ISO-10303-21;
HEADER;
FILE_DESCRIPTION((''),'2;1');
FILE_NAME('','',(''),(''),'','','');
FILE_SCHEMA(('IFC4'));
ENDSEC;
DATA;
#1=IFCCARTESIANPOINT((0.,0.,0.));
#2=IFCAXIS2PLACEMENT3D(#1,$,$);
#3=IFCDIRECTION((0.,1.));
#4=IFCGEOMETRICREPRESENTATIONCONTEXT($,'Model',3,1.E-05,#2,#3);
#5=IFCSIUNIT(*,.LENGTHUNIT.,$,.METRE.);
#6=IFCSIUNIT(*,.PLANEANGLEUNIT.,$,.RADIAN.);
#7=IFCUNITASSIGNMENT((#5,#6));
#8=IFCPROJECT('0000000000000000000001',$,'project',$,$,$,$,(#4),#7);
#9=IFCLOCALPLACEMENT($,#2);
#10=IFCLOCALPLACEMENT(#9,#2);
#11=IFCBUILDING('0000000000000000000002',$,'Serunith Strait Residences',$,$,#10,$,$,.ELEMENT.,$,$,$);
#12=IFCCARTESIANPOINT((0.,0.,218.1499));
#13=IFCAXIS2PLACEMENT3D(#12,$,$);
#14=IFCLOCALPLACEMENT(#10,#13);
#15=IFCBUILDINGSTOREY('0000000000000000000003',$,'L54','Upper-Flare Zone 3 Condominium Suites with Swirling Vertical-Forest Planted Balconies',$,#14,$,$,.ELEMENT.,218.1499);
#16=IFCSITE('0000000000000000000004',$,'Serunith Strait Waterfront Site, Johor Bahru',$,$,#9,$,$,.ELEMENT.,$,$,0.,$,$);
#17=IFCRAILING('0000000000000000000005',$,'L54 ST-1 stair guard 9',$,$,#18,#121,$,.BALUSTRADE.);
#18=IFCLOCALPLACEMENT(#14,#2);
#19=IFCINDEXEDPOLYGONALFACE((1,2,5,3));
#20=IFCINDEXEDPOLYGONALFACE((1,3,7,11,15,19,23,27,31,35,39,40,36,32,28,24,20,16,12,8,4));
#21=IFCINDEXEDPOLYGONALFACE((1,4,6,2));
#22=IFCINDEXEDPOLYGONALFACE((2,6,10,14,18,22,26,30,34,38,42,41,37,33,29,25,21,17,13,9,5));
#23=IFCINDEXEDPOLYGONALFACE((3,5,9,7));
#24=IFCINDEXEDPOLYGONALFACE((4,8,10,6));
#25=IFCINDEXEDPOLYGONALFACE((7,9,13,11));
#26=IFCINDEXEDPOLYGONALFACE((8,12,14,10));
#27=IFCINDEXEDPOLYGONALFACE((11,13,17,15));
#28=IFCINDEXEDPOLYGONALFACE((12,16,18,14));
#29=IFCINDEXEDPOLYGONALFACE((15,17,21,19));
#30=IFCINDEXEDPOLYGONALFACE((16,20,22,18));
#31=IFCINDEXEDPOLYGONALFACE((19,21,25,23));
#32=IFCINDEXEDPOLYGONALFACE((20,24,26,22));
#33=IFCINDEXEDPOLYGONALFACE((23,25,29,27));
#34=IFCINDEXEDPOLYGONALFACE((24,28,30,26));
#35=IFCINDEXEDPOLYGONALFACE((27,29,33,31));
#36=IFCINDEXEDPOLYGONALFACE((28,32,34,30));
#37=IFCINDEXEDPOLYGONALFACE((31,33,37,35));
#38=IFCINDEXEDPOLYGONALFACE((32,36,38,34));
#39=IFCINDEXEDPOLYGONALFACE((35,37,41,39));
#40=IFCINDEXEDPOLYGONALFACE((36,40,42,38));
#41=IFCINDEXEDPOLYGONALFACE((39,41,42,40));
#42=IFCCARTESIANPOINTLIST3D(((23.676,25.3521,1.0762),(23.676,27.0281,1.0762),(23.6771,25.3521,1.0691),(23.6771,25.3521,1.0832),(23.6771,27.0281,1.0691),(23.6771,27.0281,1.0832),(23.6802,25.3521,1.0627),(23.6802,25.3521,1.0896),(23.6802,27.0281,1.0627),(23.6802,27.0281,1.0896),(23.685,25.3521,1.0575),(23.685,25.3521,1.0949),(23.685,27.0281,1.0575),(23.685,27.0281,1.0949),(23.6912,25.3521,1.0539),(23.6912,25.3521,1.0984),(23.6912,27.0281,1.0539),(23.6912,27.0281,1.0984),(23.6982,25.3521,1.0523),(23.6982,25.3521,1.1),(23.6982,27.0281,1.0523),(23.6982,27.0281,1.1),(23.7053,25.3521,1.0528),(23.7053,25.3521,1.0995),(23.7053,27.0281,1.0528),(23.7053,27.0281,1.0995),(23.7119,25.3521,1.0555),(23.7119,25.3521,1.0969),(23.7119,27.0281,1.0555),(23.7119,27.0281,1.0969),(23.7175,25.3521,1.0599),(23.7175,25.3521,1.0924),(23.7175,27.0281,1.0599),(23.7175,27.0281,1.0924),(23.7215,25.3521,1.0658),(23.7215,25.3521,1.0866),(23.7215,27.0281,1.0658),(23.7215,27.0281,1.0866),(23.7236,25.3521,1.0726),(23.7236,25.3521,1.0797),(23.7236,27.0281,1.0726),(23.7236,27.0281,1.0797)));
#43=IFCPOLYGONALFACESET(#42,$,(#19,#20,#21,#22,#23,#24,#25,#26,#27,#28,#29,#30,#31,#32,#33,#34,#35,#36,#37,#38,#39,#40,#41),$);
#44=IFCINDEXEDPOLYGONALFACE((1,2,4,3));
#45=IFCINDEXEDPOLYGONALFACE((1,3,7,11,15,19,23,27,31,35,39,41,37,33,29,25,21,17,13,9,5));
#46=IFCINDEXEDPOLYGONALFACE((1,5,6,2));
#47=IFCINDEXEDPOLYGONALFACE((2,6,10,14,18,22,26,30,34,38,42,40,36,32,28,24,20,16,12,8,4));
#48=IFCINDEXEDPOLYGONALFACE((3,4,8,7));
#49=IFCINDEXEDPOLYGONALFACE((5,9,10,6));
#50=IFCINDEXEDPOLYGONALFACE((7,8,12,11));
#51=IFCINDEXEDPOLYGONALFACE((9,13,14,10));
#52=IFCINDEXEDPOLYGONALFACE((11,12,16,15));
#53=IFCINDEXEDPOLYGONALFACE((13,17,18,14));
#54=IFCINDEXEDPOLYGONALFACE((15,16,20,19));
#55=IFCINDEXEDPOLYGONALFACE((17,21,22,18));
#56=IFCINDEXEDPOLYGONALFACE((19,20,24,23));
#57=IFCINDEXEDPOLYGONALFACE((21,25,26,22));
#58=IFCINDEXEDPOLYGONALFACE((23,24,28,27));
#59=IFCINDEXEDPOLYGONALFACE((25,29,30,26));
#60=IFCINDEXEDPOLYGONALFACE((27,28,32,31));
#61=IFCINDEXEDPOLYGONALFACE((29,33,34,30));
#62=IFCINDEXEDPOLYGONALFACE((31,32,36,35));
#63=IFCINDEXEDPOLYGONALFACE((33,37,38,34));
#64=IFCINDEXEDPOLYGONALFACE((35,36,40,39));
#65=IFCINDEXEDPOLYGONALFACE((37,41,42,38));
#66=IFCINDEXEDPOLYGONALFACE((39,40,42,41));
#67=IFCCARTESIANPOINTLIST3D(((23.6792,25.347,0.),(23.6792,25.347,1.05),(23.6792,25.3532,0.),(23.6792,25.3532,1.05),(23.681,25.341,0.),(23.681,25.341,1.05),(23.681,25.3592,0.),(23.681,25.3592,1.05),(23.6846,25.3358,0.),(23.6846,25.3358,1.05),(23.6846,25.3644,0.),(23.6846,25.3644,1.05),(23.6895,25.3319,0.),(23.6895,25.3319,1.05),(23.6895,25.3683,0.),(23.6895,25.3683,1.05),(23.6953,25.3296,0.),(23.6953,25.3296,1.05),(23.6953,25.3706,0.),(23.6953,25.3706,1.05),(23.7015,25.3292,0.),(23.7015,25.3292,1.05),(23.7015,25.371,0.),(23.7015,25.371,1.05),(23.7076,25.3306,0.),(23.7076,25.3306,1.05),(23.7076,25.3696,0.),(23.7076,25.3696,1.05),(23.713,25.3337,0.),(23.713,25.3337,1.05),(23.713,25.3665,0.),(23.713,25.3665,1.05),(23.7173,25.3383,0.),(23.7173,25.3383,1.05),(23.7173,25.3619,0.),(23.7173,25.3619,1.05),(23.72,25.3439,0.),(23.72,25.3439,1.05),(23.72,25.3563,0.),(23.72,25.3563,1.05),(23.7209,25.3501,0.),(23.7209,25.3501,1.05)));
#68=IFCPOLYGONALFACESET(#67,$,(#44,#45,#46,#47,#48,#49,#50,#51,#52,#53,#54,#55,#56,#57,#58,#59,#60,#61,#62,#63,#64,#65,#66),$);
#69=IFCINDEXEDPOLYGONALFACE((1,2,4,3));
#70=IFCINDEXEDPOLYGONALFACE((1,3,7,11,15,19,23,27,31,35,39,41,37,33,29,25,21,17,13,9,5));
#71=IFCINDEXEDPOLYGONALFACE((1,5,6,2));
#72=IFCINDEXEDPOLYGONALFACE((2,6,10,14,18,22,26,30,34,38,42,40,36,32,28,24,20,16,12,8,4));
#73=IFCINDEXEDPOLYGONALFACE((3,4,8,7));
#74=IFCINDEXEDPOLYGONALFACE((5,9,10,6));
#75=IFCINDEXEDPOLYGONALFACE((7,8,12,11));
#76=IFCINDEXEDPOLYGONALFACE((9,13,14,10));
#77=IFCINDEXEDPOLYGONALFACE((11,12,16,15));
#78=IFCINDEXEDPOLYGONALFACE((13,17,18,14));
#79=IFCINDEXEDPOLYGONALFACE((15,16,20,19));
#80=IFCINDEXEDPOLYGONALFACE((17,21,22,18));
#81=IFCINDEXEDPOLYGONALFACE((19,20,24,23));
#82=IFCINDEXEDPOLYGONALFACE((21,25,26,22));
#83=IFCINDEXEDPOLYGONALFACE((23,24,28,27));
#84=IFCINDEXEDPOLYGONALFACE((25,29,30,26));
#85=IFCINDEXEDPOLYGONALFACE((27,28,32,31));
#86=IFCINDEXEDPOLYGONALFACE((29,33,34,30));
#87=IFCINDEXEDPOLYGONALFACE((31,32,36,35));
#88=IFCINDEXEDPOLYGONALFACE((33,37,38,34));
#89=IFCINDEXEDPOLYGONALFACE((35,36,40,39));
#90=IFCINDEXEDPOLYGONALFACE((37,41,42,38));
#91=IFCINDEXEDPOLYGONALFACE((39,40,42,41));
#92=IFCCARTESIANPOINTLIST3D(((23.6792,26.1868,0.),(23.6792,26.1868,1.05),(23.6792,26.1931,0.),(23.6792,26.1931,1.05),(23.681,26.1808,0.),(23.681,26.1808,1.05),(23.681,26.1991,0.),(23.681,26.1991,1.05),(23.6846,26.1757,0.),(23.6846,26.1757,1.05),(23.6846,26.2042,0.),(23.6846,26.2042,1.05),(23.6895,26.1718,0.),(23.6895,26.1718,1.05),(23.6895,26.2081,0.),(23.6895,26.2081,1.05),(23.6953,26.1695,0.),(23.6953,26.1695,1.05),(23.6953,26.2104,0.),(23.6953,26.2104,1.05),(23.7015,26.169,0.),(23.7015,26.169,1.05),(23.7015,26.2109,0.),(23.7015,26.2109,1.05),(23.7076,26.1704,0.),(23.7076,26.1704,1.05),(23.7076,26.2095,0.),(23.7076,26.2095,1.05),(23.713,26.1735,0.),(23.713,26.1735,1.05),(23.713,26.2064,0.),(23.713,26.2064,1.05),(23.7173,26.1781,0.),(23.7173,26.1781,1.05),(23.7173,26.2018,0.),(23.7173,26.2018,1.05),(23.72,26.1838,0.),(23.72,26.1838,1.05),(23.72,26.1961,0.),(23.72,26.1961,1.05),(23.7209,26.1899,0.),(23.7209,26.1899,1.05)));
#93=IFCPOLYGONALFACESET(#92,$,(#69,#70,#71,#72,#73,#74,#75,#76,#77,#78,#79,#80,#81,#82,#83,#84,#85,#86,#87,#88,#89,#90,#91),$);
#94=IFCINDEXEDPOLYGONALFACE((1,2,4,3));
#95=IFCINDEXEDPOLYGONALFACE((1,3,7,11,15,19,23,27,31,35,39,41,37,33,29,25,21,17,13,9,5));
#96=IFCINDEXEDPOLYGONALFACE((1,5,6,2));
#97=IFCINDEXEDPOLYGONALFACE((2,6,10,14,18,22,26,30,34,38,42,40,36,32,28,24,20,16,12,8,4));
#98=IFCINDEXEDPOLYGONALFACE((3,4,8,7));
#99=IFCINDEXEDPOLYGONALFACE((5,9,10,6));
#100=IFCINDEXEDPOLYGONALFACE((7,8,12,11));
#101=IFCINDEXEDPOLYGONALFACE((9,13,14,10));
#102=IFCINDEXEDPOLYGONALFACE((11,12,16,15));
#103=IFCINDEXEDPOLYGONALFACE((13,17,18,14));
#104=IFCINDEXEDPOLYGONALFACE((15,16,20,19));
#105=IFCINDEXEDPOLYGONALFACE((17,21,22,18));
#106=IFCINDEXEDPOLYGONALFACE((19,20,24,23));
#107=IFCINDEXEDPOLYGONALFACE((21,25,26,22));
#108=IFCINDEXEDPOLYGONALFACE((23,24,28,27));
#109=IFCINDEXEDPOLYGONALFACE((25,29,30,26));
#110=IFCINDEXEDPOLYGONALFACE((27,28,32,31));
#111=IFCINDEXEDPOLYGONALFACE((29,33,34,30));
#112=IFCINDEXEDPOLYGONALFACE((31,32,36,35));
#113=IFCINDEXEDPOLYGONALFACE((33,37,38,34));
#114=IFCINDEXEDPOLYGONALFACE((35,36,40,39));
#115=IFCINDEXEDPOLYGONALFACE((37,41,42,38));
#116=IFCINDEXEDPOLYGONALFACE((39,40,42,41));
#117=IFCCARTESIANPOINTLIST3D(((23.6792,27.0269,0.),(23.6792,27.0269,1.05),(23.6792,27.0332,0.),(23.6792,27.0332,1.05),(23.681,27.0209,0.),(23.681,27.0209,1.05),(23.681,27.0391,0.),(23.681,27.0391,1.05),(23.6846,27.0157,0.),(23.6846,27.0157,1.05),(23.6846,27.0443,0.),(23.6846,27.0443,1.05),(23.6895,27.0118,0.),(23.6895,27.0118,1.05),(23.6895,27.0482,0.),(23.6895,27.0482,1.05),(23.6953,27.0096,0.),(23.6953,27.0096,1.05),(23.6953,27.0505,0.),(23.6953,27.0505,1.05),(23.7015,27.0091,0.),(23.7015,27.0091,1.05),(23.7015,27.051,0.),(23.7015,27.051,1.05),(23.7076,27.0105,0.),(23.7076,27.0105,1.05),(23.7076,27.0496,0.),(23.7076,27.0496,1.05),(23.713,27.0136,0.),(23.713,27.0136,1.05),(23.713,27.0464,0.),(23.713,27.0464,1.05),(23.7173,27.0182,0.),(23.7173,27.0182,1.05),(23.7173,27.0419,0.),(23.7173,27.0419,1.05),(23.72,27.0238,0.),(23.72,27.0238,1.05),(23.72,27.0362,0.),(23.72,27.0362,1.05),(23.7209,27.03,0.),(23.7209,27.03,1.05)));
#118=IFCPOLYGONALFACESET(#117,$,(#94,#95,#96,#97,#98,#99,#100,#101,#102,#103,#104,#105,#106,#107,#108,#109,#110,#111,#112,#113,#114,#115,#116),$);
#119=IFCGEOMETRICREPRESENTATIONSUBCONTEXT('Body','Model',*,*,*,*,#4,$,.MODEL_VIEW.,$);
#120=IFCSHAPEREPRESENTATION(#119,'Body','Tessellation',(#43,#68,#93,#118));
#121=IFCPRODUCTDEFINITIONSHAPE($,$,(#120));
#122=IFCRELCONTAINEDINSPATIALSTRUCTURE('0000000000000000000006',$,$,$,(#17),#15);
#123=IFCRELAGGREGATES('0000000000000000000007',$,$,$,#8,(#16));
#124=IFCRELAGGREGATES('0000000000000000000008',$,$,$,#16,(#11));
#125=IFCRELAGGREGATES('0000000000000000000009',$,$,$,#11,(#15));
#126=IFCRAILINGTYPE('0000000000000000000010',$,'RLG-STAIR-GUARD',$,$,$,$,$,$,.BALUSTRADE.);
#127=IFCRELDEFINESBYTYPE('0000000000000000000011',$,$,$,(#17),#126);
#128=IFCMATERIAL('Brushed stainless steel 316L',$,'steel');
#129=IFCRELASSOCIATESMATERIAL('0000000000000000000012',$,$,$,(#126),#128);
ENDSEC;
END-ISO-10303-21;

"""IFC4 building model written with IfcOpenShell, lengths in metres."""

from ifc_helpers import new_model, si_unit, direction, frame, origin, origin_2d, place, context, subcontext, project, spatial, circle, extrude, material, type_object, element, save


model = new_model("IFC4")

# Units and contexts
model_context = context("Model", 3, precision=1e-05, world=origin(), true_north=direction((0.0, 1.0)))
body_context = subcontext(model_context, "Body", "Model", "MODEL_VIEW")
ifc_project = project(units=[si_unit("LENGTHUNIT", "METRE"), si_unit("PLANEANGLEUNIT", "RADIAN")], contexts=[model_context])

# Site, building, storey
site_placement = place(None, origin())
site = spatial("IfcSite", under=ifc_project, at=site_placement, Name="Serunith Strait Waterfront Site, Johor Bahru", CompositionType="ELEMENT", RefElevation=0.0)
building_placement = place(site_placement, origin())
building = spatial("IfcBuilding", under=site, at=building_placement, Name="Serunith Strait Residences", CompositionType="ELEMENT")
storey_placement = place(building_placement, frame((0.0, 0.0, 218.1499)))
storey = spatial("IfcBuildingStorey", under=building, at=storey_placement, Name="L54", Description="Upper-Flare Zone 3 Condominium Suites with Swirling Vertical-Forest Planted Balconies", CompositionType="ELEMENT", Elevation=218.1499)

# Railing
ifc_material_1 = material(Name="Brushed stainless steel 316L", Category="steel")
railing_type_1 = type_object("IfcRailingType", Name="RLG-STAIR-GUARD", PredefinedType="BALUSTRADE", material=ifc_material_1)
for number, where, name in (
    (1, (23.7, 25.3501, 0.0), "L54 ST-1 stair guard 9"),
):
    element("IfcRailing", number, at=place(storey_placement, frame(where)), inside=storey, type_object=railing_type_1, Name=name, PredefinedType="BALUSTRADE", context=body_context, shape_type="SweptSolid", body=[
        extrude(circle(Radius=0.0239, at=origin_2d()), frame((0.0, 0.002, 1.0762), z_axis=(0.0, 1.0, 0.0), x_axis=(-1.0, 0.0, 0.0)), (0.0, 0.0, 1.0), 1.676),
        extrude(circle(Radius=0.021, at=origin_2d()), origin(), (0.0, 0.0, 1.0), 1.05),
        extrude(circle(Radius=0.021, at=origin_2d()), frame((0.0, 0.8398, 0.0)), (0.0, 0.0, 1.0), 1.05),
        extrude(circle(Radius=0.021, at=origin_2d()), frame((0.0, 1.6799, 0.0)), (0.0, 0.0, 1.0), 1.05),
    ])

save(model, "model.ifc")
